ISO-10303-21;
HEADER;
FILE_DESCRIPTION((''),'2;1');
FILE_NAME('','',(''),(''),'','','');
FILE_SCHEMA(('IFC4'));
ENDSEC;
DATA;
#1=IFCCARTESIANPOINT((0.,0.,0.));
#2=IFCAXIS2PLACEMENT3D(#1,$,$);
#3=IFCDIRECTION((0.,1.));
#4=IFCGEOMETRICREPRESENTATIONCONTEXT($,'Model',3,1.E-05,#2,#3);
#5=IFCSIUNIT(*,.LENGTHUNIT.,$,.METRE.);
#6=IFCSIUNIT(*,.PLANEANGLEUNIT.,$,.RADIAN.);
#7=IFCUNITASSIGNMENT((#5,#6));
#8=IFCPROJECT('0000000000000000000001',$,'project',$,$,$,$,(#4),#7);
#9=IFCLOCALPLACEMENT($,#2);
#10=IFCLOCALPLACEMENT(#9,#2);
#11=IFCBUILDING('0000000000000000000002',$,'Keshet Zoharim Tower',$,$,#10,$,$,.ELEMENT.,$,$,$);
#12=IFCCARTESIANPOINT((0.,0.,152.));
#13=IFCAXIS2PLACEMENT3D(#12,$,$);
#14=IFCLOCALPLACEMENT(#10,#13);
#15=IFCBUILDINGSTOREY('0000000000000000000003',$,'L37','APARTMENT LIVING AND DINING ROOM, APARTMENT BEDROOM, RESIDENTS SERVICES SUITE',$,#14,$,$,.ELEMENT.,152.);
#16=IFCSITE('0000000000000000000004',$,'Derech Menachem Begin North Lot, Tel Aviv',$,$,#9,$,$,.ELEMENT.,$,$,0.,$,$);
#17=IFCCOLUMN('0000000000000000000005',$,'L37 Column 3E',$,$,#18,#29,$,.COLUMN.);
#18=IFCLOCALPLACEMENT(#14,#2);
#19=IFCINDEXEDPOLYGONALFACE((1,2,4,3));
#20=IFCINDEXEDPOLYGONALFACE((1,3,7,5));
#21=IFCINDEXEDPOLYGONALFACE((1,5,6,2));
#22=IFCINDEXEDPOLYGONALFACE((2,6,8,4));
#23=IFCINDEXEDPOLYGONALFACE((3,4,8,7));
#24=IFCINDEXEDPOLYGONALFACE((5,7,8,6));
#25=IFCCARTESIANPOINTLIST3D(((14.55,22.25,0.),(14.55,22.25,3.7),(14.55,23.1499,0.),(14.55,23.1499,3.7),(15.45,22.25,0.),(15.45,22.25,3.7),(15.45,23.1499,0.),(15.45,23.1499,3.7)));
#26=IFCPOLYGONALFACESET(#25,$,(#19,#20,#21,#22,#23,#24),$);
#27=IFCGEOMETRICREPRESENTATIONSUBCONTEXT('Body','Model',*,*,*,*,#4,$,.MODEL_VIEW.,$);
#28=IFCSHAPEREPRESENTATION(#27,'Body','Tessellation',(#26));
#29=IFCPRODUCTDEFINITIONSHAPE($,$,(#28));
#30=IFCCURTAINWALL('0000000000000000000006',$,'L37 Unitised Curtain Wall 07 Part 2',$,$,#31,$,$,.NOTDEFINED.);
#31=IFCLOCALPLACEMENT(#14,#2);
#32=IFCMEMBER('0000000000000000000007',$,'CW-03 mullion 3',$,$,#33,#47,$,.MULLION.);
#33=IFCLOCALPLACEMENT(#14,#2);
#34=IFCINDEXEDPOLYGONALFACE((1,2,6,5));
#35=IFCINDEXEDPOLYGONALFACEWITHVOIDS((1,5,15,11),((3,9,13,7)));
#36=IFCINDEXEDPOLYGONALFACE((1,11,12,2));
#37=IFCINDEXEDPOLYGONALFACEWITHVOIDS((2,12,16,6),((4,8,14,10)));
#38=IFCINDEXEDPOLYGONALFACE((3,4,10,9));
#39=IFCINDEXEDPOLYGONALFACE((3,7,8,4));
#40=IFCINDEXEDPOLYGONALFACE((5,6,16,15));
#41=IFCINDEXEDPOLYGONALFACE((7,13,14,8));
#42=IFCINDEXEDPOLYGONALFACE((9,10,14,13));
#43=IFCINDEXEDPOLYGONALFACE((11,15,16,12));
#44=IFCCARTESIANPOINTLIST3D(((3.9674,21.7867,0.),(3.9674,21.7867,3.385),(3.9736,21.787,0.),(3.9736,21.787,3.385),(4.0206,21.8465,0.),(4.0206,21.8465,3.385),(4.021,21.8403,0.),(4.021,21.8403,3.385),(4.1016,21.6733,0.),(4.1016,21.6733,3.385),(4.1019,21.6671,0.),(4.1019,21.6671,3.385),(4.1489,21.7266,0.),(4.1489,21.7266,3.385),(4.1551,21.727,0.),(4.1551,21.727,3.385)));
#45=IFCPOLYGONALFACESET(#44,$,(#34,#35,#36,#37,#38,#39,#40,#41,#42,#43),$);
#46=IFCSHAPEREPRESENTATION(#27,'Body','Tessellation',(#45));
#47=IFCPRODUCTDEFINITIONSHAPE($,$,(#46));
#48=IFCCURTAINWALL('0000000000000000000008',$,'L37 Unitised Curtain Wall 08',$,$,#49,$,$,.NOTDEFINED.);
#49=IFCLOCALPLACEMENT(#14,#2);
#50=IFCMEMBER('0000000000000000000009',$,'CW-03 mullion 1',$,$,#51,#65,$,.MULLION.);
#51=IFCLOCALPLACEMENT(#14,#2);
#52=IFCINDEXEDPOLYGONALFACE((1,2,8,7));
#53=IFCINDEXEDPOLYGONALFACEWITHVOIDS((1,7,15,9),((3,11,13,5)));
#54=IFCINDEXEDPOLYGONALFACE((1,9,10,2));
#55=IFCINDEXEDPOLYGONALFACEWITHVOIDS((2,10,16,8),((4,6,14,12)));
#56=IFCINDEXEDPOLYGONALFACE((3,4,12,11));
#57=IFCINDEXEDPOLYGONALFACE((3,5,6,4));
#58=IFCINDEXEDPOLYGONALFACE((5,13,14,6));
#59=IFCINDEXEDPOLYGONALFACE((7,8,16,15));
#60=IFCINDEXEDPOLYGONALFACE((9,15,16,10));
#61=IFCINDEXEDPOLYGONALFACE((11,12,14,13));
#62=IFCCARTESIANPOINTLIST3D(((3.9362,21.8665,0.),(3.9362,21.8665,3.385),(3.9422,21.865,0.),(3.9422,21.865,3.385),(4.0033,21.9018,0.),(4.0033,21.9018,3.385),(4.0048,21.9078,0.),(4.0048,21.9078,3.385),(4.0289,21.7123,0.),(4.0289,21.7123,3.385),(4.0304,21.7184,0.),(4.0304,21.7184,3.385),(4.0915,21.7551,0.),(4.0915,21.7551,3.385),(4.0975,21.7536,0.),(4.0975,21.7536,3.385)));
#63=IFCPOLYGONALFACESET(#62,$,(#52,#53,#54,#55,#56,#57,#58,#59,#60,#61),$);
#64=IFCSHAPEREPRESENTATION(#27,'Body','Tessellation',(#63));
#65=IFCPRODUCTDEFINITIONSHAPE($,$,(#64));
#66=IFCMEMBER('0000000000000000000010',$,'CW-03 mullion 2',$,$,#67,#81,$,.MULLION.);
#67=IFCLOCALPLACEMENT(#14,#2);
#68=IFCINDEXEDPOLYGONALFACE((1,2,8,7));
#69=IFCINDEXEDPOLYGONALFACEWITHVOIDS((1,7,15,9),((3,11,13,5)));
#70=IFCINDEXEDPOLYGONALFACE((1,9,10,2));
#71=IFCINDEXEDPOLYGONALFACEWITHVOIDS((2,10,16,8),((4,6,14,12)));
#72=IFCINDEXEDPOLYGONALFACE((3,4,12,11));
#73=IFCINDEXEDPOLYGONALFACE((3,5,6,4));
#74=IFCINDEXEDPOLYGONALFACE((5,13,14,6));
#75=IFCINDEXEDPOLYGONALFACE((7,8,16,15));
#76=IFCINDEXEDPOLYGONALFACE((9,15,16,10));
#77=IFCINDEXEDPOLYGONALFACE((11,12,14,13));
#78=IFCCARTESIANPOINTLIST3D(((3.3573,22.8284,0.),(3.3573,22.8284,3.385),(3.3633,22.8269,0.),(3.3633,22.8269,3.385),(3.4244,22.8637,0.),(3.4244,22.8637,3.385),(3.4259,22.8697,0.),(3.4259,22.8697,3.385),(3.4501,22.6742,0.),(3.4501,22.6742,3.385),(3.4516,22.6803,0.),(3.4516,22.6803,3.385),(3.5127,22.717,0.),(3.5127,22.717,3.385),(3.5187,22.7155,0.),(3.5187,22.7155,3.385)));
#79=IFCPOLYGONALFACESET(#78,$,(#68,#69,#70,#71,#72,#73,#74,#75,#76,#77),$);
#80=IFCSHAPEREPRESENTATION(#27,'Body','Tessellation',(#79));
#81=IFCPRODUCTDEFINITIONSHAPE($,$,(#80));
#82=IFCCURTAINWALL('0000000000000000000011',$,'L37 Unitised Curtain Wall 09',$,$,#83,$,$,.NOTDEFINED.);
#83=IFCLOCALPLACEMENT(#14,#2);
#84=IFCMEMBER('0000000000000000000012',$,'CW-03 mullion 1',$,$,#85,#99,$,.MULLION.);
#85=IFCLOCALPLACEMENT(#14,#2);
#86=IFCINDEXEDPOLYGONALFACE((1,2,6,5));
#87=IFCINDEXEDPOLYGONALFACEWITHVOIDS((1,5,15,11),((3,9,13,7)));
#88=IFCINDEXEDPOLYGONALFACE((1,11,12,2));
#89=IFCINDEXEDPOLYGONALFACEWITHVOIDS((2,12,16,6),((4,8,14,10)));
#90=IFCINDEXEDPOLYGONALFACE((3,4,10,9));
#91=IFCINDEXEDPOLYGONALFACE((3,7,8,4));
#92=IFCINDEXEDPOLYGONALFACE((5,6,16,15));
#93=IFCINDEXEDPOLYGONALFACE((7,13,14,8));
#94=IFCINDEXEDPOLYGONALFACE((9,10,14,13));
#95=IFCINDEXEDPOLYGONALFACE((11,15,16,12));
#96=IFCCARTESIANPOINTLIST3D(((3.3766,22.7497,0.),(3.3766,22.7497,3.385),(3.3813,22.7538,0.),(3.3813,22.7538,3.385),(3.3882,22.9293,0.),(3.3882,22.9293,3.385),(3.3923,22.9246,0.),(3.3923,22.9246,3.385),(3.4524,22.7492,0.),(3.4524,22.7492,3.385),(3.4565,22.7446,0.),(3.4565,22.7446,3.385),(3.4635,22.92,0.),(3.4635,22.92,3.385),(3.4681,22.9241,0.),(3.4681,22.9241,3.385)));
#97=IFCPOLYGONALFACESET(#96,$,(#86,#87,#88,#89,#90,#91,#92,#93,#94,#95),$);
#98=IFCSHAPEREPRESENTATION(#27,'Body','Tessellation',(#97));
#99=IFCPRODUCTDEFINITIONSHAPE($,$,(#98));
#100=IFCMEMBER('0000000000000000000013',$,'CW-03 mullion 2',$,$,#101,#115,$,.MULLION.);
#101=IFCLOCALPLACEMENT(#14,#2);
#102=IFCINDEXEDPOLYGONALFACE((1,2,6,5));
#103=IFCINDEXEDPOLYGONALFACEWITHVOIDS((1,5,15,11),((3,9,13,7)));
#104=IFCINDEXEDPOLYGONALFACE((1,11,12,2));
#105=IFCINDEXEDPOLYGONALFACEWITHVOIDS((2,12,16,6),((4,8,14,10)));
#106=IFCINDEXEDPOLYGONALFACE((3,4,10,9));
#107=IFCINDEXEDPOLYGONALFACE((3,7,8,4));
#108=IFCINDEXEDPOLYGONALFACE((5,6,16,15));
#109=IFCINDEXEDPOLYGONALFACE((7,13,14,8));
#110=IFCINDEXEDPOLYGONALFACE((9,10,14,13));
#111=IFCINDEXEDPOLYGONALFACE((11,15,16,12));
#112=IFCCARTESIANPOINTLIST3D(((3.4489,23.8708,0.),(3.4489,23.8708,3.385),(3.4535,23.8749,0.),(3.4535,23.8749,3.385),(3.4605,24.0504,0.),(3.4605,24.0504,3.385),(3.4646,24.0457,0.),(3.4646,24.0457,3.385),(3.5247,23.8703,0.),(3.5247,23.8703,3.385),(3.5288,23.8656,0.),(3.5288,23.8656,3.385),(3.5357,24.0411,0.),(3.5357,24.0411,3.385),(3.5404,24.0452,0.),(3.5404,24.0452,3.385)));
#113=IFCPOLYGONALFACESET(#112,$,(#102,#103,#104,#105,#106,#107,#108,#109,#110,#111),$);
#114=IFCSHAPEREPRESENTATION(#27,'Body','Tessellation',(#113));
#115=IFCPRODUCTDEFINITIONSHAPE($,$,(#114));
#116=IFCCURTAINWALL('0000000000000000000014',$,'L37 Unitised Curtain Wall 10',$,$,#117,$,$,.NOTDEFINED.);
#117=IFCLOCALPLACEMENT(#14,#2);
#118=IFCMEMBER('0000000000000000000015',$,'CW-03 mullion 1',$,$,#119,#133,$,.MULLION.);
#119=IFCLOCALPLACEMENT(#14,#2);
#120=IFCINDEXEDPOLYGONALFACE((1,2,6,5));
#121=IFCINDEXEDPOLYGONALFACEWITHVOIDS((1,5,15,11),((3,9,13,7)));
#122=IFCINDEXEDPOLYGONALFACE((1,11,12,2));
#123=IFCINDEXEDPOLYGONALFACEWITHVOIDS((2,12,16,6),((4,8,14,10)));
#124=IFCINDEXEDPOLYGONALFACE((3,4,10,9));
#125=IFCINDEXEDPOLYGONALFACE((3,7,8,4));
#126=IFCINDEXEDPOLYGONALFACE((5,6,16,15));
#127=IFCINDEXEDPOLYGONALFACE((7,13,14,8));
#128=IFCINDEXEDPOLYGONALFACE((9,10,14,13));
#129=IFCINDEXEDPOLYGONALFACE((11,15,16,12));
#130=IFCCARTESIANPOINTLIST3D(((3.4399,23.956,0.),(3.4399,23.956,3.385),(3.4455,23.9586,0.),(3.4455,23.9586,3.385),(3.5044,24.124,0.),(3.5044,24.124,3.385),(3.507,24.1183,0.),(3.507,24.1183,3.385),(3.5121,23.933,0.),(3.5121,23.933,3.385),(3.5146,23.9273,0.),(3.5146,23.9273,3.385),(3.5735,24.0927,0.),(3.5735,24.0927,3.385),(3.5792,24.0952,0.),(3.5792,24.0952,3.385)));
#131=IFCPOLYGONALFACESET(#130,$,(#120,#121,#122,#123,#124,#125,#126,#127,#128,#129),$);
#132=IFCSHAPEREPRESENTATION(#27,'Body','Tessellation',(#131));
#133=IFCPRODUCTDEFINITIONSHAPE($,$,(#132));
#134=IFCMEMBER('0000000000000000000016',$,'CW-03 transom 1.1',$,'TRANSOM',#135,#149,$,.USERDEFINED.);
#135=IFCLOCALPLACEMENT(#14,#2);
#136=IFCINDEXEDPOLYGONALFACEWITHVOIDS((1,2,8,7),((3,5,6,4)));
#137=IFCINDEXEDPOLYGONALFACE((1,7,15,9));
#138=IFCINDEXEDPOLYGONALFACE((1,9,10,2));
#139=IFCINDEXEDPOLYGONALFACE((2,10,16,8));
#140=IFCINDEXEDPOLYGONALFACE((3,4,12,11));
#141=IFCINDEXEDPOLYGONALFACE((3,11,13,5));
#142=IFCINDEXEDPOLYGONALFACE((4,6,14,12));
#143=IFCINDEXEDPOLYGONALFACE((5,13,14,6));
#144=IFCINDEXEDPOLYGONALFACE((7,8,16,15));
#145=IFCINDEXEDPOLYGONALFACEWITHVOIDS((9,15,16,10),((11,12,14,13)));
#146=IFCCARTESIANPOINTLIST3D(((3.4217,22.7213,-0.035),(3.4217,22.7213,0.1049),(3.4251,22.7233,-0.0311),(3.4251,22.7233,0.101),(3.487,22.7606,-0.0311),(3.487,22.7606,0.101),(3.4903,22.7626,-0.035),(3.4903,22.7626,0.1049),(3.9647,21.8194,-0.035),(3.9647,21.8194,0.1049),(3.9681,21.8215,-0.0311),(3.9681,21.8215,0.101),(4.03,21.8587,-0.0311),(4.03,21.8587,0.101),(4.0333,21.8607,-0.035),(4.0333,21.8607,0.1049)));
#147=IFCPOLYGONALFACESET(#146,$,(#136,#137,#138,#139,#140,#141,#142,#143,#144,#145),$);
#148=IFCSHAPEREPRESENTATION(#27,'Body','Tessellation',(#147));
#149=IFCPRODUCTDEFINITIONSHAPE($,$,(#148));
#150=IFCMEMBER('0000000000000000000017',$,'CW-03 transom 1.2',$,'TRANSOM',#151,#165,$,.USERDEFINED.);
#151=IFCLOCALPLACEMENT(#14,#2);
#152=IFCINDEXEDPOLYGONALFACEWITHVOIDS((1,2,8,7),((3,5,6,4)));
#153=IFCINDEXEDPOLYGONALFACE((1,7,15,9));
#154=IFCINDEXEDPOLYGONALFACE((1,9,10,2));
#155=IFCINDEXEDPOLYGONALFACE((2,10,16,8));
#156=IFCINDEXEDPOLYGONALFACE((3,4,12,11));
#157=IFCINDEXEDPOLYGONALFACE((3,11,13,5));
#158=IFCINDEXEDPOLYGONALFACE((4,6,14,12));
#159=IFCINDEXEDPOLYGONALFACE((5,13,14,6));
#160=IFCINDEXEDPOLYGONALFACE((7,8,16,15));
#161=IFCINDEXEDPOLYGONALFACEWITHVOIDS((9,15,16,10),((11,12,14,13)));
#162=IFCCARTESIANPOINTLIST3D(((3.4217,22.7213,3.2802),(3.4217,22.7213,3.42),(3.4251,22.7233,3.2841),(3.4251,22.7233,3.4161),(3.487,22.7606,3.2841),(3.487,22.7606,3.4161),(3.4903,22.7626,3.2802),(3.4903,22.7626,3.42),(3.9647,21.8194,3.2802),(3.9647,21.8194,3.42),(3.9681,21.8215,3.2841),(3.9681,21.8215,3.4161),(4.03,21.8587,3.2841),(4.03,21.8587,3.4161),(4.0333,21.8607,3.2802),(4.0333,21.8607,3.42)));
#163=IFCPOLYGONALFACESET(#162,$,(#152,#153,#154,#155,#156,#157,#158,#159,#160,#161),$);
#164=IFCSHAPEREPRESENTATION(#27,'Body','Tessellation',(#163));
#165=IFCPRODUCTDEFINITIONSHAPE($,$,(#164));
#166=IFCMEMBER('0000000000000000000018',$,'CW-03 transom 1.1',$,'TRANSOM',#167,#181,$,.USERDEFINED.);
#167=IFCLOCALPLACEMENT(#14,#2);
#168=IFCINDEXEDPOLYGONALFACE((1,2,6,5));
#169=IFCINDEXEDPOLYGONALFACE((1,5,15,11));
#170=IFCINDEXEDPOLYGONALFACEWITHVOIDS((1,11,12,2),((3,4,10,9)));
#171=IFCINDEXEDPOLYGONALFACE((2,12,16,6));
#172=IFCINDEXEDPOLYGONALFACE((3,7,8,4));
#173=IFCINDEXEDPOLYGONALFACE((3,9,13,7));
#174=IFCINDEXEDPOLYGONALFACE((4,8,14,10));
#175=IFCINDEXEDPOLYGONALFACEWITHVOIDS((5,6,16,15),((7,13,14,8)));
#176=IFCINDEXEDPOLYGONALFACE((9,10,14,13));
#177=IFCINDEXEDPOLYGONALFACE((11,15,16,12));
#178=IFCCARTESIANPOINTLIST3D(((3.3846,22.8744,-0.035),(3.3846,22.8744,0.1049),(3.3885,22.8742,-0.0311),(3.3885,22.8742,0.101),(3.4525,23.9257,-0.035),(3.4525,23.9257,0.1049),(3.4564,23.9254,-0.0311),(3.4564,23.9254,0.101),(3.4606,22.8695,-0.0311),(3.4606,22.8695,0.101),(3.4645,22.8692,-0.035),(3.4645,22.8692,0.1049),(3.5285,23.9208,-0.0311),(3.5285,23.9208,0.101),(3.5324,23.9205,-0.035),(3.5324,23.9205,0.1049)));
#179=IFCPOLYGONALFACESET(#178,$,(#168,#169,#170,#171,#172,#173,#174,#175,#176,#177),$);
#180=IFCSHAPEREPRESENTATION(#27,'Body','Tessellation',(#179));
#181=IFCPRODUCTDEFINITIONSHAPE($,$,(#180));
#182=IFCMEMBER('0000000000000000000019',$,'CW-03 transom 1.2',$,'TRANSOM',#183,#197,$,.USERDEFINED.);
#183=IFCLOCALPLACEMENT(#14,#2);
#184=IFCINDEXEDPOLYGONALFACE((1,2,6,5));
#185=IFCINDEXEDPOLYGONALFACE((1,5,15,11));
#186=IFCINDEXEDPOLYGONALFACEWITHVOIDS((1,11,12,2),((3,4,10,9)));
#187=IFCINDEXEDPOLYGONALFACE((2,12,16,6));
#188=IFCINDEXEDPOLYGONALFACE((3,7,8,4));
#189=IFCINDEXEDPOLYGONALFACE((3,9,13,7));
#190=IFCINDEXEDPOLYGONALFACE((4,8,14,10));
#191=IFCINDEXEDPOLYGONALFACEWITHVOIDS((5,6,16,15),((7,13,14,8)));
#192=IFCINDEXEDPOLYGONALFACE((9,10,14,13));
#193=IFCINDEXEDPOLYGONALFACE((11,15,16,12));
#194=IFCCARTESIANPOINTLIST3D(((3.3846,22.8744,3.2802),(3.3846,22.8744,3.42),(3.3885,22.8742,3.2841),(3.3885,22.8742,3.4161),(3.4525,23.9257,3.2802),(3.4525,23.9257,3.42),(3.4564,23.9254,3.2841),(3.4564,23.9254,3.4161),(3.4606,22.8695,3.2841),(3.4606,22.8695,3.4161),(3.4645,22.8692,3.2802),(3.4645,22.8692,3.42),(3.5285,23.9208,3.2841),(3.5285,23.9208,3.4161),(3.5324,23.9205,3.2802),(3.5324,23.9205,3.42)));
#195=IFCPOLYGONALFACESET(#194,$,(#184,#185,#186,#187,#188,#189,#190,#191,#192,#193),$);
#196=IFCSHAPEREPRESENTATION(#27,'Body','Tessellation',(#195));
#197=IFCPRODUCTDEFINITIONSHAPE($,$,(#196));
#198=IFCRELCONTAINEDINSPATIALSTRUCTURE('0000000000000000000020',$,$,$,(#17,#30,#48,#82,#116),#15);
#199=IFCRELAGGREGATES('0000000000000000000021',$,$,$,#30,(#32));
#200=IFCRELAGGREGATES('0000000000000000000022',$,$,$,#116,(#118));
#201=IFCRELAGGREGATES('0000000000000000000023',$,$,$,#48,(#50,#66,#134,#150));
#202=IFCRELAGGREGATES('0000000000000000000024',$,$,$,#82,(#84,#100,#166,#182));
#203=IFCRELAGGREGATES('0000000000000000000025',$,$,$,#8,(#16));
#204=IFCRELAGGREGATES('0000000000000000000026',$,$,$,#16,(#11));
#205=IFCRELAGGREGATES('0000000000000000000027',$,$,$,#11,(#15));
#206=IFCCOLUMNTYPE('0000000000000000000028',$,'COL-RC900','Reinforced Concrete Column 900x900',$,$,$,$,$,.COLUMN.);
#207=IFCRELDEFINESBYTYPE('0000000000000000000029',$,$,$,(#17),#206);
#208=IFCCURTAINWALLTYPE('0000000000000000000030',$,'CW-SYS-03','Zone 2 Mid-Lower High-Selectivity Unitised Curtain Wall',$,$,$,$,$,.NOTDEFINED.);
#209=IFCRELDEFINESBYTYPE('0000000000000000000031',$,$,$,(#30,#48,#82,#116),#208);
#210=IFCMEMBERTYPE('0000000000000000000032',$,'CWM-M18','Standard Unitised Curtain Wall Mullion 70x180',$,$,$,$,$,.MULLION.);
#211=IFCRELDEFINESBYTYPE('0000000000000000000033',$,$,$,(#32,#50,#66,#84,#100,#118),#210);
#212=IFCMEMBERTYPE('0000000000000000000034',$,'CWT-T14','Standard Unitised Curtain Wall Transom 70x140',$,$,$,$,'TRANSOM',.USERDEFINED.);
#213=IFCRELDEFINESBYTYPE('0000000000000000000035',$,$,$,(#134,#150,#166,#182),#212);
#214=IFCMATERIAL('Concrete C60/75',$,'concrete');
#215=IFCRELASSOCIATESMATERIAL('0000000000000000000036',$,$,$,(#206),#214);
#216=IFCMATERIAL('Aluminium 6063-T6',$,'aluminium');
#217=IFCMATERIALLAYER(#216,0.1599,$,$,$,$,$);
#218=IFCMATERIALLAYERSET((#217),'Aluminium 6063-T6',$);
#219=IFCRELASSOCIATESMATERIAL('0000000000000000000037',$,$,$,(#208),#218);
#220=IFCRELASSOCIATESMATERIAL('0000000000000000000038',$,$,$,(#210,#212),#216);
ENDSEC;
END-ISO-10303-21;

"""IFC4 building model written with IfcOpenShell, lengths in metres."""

from ifc_helpers import new_model, si_unit, direction, frame, origin, origin_2d, place, context, subcontext, project, spatial, rectangle, hollow_rectangle, extrude, material, layer, layer_set, material_profile, profile_set, type_object, element, aggregate, save


model = new_model("IFC4")

# Units and contexts
model_context = context("Model", 3, precision=1e-05, world=origin(), true_north=direction((0.0, 1.0)))
body_context = subcontext(model_context, "Body", "Model", "MODEL_VIEW")
ifc_project = project(units=[si_unit("LENGTHUNIT", "METRE"), si_unit("PLANEANGLEUNIT", "RADIAN")], contexts=[model_context])

# Site, building, storey
site_placement = place(None, origin())
site = spatial("IfcSite", under=ifc_project, at=site_placement, Name="Derech Menachem Begin North Lot, Tel Aviv", CompositionType="ELEMENT", RefElevation=0.0)
building_placement = place(site_placement, origin())
building = spatial("IfcBuilding", under=site, at=building_placement, Name="Keshet Zoharim Tower", CompositionType="ELEMENT")
storey_placement = place(building_placement, frame((0.0, 0.0, 152.0)))
storey = spatial("IfcBuildingStorey", under=building, at=storey_placement, Name="L37", Description="APARTMENT LIVING AND DINING ROOM, APARTMENT BEDROOM, RESIDENTS SERVICES SUITE", CompositionType="ELEMENT", Elevation=152.0)

# Column
ifc_material_1 = material(Name="Concrete C60/75", Category="concrete")
ifc_material_profile_1 = material_profile(ifc_material_1, rectangle(XDim=0.8999, YDim=0.8999, at=origin_2d()), Name="RC900x900")
ifc_profile_set_1 = profile_set([ifc_material_profile_1], Name="Concrete C60/75")
column_type = type_object("IfcColumnType", Name="COL-RC900", Description="Reinforced Concrete Column 900x900", PredefinedType="COLUMN", material=ifc_profile_set_1)
column_placement = place(storey_placement, frame((15.0, 22.7, 0.0), z_axis=(0.0, 0.0, 1.0), x_axis=(1.0, 0.0, 0.0)))
element("IfcColumn", 1, at=column_placement, inside=storey, type_object=column_type, Name="L37 Column 3E", PredefinedType="COLUMN", context=body_context, shape_type="SweptSolid", body=[
    extrude(rectangle(XDim=0.8999, YDim=0.8999, at=origin_2d()), origin(), (0.0, 0.0, 1.0), 3.7),
])

# Curtain wall, member
ifc_material_2 = material(Name="Aluminium 6063-T6", Category="aluminium")
ifc_layer_1 = layer(ifc_material_2, 0.1599)
ifc_layer_set_1 = layer_set([ifc_layer_1], Name="Aluminium 6063-T6")
curtain_wall_type = type_object("IfcCurtainWallType", Name="CW-SYS-03", Description="Zone 2 Mid-Lower High-Selectivity Unitised Curtain Wall", PredefinedType="NOTDEFINED", material=ifc_layer_set_1)
curtain_wall_1_placement = place(storey_placement, origin())
curtain_wall_1 = element("IfcCurtainWall", 2, at=curtain_wall_1_placement, inside=storey, type_object=curtain_wall_type, Name="L37 Unitised Curtain Wall 07 Part 2", PredefinedType="NOTDEFINED")
ifc_material_profile_2 = material_profile(ifc_material_2, hollow_rectangle(XDim=0.0801, YDim=0.1799, WallThickness=0.0044, at=origin_2d()), Name="MUL-80x180")
ifc_profile_set_2 = profile_set([ifc_material_profile_2], Name="Aluminium 6063-T6")
member_type_1 = type_object("IfcMemberType", Name="CWM-M18", Description="Standard Unitised Curtain Wall Mullion 70x180", PredefinedType="MULLION", material=ifc_profile_set_2)
member_1_placement = place(storey_placement, frame((4.0613, 21.7568, 0.0), z_axis=(0.0, 0.0, 1.0), x_axis=(-0.664364, -0.74741, 0.0)))
member_1 = element("IfcMember", 3, at=member_1_placement, type_object=member_type_1, Name="CW-03 mullion 3", PredefinedType="MULLION", context=body_context, shape_type="SweptSolid", body=[
    extrude(hollow_rectangle(XDim=0.0801, YDim=0.1799, WallThickness=0.0044, at=origin_2d()), origin(), (0.0, 0.0, 1.0), 3.385),
])
aggregate(curtain_wall_1, [member_1])

# Curtain walls, members
curtain_wall_2_placement = place(storey_placement, origin())
curtain_wall_2 = element("IfcCurtainWall", 4, at=curtain_wall_2_placement, inside=storey, type_object=curtain_wall_type, Name="L37 Unitised Curtain Wall 08", PredefinedType="NOTDEFINED")
member_2_placement = place(storey_placement, frame((4.0168, 21.8101, 0.0), z_axis=(0.0, 0.0, 1.0), x_axis=(-0.856826, -0.515605, 0.0)))
member_2 = element("IfcMember", 5, at=member_2_placement, type_object=member_type_1, Name="CW-03 mullion 1", PredefinedType="MULLION", context=body_context, shape_type="SweptSolid", body=[
    extrude(hollow_rectangle(XDim=0.0801, YDim=0.1799, WallThickness=0.0044, at=origin_2d()), origin(), (0.0, 0.0, 1.0), 3.385),
])
member_3_placement = place(storey_placement, frame((3.438, 22.772, 0.0), z_axis=(0.0, 0.0, 1.0), x_axis=(-0.856826, -0.515605, 0.0)))
member_3 = element("IfcMember", 6, at=member_3_placement, type_object=member_type_1, Name="CW-03 mullion 2", PredefinedType="MULLION", context=body_context, shape_type="SweptSolid", body=[
    extrude(hollow_rectangle(XDim=0.0801, YDim=0.1799, WallThickness=0.0044, at=origin_2d()), origin(), (0.0, 0.0, 1.0), 3.385),
])
curtain_wall_3_placement = place(storey_placement, origin())
curtain_wall_3 = element("IfcCurtainWall", 7, at=curtain_wall_3_placement, inside=storey, type_object=curtain_wall_type, Name="L37 Unitised Curtain Wall 09", PredefinedType="NOTDEFINED")
member_4_placement = place(storey_placement, frame((3.4224, 22.8369, 0.0), z_axis=(0.0, 0.0, 1.0), x_axis=(-0.997917, 0.064517, 0.0)))
member_4 = element("IfcMember", 8, at=member_4_placement, type_object=member_type_1, Name="CW-03 mullion 1", PredefinedType="MULLION", context=body_context, shape_type="SweptSolid", body=[
    extrude(hollow_rectangle(XDim=0.0801, YDim=0.1799, WallThickness=0.0044, at=origin_2d()), origin(), (0.0, 0.0, 1.0), 3.385),
])
member_5_placement = place(storey_placement, frame((3.4946, 23.958, 0.0), z_axis=(0.0, 0.0, 1.0), x_axis=(-0.997917, 0.064517, 0.0)))
member_5 = element("IfcMember", 9, at=member_5_placement, type_object=member_type_1, Name="CW-03 mullion 2", PredefinedType="MULLION", context=body_context, shape_type="SweptSolid", body=[
    extrude(hollow_rectangle(XDim=0.0801, YDim=0.1799, WallThickness=0.0044, at=origin_2d()), origin(), (0.0, 0.0, 1.0), 3.385),
])

# Curtain wall, member
curtain_wall_4_placement = place(storey_placement, origin())
curtain_wall_4 = element("IfcCurtainWall", 10, at=curtain_wall_4_placement, inside=storey, type_object=curtain_wall_type, Name="L37 Unitised Curtain Wall 10", PredefinedType="NOTDEFINED")
member_6_placement = place(storey_placement, frame((3.5095, 24.0256, 0.0), z_axis=(0.0, 0.0, 1.0), x_axis=(-0.933341, 0.35899, 0.0)))
member_6 = element("IfcMember", 11, at=member_6_placement, type_object=member_type_1, Name="CW-03 mullion 1", PredefinedType="MULLION", context=body_context, shape_type="SweptSolid", body=[
    extrude(hollow_rectangle(XDim=0.0801, YDim=0.1799, WallThickness=0.0044, at=origin_2d()), origin(), (0.0, 0.0, 1.0), 3.385),
])

# Members
ifc_material_profile_3 = material_profile(ifc_material_2, hollow_rectangle(XDim=0.0801, YDim=0.1399, WallThickness=0.0039, at=origin_2d()), Name="TRN-80x140")
ifc_profile_set_3 = profile_set([ifc_material_profile_3], Name="Aluminium 6063-T6")
member_type_2 = type_object("IfcMemberType", Name="CWT-T14", Description="Standard Unitised Curtain Wall Transom 70x140", ElementType="TRANSOM", PredefinedType="USERDEFINED", material=ifc_profile_set_3)
member_7_placement = place(storey_placement, frame((3.999, 21.8401, 0.0349), z_axis=(-0.515791, 0.856714, 0.0), x_axis=(-0.856714, -0.515791, 0.0)))
member_7 = element("IfcMember", 12, at=member_7_placement, type_object=member_type_2, Name="CW-03 transom 1.1", ObjectType="TRANSOM", PredefinedType="USERDEFINED", context=body_context, shape_type="SweptSolid", body=[
    extrude(hollow_rectangle(XDim=0.0801, YDim=0.1399, WallThickness=0.0039, at=origin_2d()), origin(), (0.0, 0.0, 1.0), 1.0527),
])
member_8_placement = place(storey_placement, frame((3.999, 21.8401, 3.3501), z_axis=(-0.515791, 0.856714, 0.0), x_axis=(-0.856714, -0.515791, 0.0)))
member_8 = element("IfcMember", 13, at=member_8_placement, type_object=member_type_2, Name="CW-03 transom 1.2", ObjectType="TRANSOM", PredefinedType="USERDEFINED", context=body_context, shape_type="SweptSolid", body=[
    extrude(hollow_rectangle(XDim=0.0801, YDim=0.1399, WallThickness=0.0039, at=origin_2d()), origin(), (0.0, 0.0, 1.0), 1.0527),
])
member_9_placement = place(storey_placement, frame((3.4246, 22.8718, 0.0349), z_axis=(0.064427, 0.997922, 0.0), x_axis=(-0.997922, 0.064427, 0.0)))
member_9 = element("IfcMember", 14, at=member_9_placement, type_object=member_type_2, Name="CW-03 transom 1.1", ObjectType="TRANSOM", PredefinedType="USERDEFINED", context=body_context, shape_type="SweptSolid", body=[
    extrude(hollow_rectangle(XDim=0.0801, YDim=0.1399, WallThickness=0.0039, at=origin_2d()), origin(), (0.0, 0.0, 1.0), 1.0535),
])
member_10_placement = place(storey_placement, frame((3.4246, 22.8718, 3.3501), z_axis=(0.064427, 0.997922, 0.0), x_axis=(-0.997922, 0.064427, 0.0)))
member_10 = element("IfcMember", 15, at=member_10_placement, type_object=member_type_2, Name="CW-03 transom 1.2", ObjectType="TRANSOM", PredefinedType="USERDEFINED", context=body_context, shape_type="SweptSolid", body=[
    extrude(hollow_rectangle(XDim=0.0801, YDim=0.1399, WallThickness=0.0039, at=origin_2d()), origin(), (0.0, 0.0, 1.0), 1.0535),
])
aggregate(curtain_wall_4, [member_6])

aggregate(curtain_wall_2, [member_2, member_3, member_7, member_8])
aggregate(curtain_wall_3, [member_4, member_5, member_9, member_10])

save(model, "model.ifc")
